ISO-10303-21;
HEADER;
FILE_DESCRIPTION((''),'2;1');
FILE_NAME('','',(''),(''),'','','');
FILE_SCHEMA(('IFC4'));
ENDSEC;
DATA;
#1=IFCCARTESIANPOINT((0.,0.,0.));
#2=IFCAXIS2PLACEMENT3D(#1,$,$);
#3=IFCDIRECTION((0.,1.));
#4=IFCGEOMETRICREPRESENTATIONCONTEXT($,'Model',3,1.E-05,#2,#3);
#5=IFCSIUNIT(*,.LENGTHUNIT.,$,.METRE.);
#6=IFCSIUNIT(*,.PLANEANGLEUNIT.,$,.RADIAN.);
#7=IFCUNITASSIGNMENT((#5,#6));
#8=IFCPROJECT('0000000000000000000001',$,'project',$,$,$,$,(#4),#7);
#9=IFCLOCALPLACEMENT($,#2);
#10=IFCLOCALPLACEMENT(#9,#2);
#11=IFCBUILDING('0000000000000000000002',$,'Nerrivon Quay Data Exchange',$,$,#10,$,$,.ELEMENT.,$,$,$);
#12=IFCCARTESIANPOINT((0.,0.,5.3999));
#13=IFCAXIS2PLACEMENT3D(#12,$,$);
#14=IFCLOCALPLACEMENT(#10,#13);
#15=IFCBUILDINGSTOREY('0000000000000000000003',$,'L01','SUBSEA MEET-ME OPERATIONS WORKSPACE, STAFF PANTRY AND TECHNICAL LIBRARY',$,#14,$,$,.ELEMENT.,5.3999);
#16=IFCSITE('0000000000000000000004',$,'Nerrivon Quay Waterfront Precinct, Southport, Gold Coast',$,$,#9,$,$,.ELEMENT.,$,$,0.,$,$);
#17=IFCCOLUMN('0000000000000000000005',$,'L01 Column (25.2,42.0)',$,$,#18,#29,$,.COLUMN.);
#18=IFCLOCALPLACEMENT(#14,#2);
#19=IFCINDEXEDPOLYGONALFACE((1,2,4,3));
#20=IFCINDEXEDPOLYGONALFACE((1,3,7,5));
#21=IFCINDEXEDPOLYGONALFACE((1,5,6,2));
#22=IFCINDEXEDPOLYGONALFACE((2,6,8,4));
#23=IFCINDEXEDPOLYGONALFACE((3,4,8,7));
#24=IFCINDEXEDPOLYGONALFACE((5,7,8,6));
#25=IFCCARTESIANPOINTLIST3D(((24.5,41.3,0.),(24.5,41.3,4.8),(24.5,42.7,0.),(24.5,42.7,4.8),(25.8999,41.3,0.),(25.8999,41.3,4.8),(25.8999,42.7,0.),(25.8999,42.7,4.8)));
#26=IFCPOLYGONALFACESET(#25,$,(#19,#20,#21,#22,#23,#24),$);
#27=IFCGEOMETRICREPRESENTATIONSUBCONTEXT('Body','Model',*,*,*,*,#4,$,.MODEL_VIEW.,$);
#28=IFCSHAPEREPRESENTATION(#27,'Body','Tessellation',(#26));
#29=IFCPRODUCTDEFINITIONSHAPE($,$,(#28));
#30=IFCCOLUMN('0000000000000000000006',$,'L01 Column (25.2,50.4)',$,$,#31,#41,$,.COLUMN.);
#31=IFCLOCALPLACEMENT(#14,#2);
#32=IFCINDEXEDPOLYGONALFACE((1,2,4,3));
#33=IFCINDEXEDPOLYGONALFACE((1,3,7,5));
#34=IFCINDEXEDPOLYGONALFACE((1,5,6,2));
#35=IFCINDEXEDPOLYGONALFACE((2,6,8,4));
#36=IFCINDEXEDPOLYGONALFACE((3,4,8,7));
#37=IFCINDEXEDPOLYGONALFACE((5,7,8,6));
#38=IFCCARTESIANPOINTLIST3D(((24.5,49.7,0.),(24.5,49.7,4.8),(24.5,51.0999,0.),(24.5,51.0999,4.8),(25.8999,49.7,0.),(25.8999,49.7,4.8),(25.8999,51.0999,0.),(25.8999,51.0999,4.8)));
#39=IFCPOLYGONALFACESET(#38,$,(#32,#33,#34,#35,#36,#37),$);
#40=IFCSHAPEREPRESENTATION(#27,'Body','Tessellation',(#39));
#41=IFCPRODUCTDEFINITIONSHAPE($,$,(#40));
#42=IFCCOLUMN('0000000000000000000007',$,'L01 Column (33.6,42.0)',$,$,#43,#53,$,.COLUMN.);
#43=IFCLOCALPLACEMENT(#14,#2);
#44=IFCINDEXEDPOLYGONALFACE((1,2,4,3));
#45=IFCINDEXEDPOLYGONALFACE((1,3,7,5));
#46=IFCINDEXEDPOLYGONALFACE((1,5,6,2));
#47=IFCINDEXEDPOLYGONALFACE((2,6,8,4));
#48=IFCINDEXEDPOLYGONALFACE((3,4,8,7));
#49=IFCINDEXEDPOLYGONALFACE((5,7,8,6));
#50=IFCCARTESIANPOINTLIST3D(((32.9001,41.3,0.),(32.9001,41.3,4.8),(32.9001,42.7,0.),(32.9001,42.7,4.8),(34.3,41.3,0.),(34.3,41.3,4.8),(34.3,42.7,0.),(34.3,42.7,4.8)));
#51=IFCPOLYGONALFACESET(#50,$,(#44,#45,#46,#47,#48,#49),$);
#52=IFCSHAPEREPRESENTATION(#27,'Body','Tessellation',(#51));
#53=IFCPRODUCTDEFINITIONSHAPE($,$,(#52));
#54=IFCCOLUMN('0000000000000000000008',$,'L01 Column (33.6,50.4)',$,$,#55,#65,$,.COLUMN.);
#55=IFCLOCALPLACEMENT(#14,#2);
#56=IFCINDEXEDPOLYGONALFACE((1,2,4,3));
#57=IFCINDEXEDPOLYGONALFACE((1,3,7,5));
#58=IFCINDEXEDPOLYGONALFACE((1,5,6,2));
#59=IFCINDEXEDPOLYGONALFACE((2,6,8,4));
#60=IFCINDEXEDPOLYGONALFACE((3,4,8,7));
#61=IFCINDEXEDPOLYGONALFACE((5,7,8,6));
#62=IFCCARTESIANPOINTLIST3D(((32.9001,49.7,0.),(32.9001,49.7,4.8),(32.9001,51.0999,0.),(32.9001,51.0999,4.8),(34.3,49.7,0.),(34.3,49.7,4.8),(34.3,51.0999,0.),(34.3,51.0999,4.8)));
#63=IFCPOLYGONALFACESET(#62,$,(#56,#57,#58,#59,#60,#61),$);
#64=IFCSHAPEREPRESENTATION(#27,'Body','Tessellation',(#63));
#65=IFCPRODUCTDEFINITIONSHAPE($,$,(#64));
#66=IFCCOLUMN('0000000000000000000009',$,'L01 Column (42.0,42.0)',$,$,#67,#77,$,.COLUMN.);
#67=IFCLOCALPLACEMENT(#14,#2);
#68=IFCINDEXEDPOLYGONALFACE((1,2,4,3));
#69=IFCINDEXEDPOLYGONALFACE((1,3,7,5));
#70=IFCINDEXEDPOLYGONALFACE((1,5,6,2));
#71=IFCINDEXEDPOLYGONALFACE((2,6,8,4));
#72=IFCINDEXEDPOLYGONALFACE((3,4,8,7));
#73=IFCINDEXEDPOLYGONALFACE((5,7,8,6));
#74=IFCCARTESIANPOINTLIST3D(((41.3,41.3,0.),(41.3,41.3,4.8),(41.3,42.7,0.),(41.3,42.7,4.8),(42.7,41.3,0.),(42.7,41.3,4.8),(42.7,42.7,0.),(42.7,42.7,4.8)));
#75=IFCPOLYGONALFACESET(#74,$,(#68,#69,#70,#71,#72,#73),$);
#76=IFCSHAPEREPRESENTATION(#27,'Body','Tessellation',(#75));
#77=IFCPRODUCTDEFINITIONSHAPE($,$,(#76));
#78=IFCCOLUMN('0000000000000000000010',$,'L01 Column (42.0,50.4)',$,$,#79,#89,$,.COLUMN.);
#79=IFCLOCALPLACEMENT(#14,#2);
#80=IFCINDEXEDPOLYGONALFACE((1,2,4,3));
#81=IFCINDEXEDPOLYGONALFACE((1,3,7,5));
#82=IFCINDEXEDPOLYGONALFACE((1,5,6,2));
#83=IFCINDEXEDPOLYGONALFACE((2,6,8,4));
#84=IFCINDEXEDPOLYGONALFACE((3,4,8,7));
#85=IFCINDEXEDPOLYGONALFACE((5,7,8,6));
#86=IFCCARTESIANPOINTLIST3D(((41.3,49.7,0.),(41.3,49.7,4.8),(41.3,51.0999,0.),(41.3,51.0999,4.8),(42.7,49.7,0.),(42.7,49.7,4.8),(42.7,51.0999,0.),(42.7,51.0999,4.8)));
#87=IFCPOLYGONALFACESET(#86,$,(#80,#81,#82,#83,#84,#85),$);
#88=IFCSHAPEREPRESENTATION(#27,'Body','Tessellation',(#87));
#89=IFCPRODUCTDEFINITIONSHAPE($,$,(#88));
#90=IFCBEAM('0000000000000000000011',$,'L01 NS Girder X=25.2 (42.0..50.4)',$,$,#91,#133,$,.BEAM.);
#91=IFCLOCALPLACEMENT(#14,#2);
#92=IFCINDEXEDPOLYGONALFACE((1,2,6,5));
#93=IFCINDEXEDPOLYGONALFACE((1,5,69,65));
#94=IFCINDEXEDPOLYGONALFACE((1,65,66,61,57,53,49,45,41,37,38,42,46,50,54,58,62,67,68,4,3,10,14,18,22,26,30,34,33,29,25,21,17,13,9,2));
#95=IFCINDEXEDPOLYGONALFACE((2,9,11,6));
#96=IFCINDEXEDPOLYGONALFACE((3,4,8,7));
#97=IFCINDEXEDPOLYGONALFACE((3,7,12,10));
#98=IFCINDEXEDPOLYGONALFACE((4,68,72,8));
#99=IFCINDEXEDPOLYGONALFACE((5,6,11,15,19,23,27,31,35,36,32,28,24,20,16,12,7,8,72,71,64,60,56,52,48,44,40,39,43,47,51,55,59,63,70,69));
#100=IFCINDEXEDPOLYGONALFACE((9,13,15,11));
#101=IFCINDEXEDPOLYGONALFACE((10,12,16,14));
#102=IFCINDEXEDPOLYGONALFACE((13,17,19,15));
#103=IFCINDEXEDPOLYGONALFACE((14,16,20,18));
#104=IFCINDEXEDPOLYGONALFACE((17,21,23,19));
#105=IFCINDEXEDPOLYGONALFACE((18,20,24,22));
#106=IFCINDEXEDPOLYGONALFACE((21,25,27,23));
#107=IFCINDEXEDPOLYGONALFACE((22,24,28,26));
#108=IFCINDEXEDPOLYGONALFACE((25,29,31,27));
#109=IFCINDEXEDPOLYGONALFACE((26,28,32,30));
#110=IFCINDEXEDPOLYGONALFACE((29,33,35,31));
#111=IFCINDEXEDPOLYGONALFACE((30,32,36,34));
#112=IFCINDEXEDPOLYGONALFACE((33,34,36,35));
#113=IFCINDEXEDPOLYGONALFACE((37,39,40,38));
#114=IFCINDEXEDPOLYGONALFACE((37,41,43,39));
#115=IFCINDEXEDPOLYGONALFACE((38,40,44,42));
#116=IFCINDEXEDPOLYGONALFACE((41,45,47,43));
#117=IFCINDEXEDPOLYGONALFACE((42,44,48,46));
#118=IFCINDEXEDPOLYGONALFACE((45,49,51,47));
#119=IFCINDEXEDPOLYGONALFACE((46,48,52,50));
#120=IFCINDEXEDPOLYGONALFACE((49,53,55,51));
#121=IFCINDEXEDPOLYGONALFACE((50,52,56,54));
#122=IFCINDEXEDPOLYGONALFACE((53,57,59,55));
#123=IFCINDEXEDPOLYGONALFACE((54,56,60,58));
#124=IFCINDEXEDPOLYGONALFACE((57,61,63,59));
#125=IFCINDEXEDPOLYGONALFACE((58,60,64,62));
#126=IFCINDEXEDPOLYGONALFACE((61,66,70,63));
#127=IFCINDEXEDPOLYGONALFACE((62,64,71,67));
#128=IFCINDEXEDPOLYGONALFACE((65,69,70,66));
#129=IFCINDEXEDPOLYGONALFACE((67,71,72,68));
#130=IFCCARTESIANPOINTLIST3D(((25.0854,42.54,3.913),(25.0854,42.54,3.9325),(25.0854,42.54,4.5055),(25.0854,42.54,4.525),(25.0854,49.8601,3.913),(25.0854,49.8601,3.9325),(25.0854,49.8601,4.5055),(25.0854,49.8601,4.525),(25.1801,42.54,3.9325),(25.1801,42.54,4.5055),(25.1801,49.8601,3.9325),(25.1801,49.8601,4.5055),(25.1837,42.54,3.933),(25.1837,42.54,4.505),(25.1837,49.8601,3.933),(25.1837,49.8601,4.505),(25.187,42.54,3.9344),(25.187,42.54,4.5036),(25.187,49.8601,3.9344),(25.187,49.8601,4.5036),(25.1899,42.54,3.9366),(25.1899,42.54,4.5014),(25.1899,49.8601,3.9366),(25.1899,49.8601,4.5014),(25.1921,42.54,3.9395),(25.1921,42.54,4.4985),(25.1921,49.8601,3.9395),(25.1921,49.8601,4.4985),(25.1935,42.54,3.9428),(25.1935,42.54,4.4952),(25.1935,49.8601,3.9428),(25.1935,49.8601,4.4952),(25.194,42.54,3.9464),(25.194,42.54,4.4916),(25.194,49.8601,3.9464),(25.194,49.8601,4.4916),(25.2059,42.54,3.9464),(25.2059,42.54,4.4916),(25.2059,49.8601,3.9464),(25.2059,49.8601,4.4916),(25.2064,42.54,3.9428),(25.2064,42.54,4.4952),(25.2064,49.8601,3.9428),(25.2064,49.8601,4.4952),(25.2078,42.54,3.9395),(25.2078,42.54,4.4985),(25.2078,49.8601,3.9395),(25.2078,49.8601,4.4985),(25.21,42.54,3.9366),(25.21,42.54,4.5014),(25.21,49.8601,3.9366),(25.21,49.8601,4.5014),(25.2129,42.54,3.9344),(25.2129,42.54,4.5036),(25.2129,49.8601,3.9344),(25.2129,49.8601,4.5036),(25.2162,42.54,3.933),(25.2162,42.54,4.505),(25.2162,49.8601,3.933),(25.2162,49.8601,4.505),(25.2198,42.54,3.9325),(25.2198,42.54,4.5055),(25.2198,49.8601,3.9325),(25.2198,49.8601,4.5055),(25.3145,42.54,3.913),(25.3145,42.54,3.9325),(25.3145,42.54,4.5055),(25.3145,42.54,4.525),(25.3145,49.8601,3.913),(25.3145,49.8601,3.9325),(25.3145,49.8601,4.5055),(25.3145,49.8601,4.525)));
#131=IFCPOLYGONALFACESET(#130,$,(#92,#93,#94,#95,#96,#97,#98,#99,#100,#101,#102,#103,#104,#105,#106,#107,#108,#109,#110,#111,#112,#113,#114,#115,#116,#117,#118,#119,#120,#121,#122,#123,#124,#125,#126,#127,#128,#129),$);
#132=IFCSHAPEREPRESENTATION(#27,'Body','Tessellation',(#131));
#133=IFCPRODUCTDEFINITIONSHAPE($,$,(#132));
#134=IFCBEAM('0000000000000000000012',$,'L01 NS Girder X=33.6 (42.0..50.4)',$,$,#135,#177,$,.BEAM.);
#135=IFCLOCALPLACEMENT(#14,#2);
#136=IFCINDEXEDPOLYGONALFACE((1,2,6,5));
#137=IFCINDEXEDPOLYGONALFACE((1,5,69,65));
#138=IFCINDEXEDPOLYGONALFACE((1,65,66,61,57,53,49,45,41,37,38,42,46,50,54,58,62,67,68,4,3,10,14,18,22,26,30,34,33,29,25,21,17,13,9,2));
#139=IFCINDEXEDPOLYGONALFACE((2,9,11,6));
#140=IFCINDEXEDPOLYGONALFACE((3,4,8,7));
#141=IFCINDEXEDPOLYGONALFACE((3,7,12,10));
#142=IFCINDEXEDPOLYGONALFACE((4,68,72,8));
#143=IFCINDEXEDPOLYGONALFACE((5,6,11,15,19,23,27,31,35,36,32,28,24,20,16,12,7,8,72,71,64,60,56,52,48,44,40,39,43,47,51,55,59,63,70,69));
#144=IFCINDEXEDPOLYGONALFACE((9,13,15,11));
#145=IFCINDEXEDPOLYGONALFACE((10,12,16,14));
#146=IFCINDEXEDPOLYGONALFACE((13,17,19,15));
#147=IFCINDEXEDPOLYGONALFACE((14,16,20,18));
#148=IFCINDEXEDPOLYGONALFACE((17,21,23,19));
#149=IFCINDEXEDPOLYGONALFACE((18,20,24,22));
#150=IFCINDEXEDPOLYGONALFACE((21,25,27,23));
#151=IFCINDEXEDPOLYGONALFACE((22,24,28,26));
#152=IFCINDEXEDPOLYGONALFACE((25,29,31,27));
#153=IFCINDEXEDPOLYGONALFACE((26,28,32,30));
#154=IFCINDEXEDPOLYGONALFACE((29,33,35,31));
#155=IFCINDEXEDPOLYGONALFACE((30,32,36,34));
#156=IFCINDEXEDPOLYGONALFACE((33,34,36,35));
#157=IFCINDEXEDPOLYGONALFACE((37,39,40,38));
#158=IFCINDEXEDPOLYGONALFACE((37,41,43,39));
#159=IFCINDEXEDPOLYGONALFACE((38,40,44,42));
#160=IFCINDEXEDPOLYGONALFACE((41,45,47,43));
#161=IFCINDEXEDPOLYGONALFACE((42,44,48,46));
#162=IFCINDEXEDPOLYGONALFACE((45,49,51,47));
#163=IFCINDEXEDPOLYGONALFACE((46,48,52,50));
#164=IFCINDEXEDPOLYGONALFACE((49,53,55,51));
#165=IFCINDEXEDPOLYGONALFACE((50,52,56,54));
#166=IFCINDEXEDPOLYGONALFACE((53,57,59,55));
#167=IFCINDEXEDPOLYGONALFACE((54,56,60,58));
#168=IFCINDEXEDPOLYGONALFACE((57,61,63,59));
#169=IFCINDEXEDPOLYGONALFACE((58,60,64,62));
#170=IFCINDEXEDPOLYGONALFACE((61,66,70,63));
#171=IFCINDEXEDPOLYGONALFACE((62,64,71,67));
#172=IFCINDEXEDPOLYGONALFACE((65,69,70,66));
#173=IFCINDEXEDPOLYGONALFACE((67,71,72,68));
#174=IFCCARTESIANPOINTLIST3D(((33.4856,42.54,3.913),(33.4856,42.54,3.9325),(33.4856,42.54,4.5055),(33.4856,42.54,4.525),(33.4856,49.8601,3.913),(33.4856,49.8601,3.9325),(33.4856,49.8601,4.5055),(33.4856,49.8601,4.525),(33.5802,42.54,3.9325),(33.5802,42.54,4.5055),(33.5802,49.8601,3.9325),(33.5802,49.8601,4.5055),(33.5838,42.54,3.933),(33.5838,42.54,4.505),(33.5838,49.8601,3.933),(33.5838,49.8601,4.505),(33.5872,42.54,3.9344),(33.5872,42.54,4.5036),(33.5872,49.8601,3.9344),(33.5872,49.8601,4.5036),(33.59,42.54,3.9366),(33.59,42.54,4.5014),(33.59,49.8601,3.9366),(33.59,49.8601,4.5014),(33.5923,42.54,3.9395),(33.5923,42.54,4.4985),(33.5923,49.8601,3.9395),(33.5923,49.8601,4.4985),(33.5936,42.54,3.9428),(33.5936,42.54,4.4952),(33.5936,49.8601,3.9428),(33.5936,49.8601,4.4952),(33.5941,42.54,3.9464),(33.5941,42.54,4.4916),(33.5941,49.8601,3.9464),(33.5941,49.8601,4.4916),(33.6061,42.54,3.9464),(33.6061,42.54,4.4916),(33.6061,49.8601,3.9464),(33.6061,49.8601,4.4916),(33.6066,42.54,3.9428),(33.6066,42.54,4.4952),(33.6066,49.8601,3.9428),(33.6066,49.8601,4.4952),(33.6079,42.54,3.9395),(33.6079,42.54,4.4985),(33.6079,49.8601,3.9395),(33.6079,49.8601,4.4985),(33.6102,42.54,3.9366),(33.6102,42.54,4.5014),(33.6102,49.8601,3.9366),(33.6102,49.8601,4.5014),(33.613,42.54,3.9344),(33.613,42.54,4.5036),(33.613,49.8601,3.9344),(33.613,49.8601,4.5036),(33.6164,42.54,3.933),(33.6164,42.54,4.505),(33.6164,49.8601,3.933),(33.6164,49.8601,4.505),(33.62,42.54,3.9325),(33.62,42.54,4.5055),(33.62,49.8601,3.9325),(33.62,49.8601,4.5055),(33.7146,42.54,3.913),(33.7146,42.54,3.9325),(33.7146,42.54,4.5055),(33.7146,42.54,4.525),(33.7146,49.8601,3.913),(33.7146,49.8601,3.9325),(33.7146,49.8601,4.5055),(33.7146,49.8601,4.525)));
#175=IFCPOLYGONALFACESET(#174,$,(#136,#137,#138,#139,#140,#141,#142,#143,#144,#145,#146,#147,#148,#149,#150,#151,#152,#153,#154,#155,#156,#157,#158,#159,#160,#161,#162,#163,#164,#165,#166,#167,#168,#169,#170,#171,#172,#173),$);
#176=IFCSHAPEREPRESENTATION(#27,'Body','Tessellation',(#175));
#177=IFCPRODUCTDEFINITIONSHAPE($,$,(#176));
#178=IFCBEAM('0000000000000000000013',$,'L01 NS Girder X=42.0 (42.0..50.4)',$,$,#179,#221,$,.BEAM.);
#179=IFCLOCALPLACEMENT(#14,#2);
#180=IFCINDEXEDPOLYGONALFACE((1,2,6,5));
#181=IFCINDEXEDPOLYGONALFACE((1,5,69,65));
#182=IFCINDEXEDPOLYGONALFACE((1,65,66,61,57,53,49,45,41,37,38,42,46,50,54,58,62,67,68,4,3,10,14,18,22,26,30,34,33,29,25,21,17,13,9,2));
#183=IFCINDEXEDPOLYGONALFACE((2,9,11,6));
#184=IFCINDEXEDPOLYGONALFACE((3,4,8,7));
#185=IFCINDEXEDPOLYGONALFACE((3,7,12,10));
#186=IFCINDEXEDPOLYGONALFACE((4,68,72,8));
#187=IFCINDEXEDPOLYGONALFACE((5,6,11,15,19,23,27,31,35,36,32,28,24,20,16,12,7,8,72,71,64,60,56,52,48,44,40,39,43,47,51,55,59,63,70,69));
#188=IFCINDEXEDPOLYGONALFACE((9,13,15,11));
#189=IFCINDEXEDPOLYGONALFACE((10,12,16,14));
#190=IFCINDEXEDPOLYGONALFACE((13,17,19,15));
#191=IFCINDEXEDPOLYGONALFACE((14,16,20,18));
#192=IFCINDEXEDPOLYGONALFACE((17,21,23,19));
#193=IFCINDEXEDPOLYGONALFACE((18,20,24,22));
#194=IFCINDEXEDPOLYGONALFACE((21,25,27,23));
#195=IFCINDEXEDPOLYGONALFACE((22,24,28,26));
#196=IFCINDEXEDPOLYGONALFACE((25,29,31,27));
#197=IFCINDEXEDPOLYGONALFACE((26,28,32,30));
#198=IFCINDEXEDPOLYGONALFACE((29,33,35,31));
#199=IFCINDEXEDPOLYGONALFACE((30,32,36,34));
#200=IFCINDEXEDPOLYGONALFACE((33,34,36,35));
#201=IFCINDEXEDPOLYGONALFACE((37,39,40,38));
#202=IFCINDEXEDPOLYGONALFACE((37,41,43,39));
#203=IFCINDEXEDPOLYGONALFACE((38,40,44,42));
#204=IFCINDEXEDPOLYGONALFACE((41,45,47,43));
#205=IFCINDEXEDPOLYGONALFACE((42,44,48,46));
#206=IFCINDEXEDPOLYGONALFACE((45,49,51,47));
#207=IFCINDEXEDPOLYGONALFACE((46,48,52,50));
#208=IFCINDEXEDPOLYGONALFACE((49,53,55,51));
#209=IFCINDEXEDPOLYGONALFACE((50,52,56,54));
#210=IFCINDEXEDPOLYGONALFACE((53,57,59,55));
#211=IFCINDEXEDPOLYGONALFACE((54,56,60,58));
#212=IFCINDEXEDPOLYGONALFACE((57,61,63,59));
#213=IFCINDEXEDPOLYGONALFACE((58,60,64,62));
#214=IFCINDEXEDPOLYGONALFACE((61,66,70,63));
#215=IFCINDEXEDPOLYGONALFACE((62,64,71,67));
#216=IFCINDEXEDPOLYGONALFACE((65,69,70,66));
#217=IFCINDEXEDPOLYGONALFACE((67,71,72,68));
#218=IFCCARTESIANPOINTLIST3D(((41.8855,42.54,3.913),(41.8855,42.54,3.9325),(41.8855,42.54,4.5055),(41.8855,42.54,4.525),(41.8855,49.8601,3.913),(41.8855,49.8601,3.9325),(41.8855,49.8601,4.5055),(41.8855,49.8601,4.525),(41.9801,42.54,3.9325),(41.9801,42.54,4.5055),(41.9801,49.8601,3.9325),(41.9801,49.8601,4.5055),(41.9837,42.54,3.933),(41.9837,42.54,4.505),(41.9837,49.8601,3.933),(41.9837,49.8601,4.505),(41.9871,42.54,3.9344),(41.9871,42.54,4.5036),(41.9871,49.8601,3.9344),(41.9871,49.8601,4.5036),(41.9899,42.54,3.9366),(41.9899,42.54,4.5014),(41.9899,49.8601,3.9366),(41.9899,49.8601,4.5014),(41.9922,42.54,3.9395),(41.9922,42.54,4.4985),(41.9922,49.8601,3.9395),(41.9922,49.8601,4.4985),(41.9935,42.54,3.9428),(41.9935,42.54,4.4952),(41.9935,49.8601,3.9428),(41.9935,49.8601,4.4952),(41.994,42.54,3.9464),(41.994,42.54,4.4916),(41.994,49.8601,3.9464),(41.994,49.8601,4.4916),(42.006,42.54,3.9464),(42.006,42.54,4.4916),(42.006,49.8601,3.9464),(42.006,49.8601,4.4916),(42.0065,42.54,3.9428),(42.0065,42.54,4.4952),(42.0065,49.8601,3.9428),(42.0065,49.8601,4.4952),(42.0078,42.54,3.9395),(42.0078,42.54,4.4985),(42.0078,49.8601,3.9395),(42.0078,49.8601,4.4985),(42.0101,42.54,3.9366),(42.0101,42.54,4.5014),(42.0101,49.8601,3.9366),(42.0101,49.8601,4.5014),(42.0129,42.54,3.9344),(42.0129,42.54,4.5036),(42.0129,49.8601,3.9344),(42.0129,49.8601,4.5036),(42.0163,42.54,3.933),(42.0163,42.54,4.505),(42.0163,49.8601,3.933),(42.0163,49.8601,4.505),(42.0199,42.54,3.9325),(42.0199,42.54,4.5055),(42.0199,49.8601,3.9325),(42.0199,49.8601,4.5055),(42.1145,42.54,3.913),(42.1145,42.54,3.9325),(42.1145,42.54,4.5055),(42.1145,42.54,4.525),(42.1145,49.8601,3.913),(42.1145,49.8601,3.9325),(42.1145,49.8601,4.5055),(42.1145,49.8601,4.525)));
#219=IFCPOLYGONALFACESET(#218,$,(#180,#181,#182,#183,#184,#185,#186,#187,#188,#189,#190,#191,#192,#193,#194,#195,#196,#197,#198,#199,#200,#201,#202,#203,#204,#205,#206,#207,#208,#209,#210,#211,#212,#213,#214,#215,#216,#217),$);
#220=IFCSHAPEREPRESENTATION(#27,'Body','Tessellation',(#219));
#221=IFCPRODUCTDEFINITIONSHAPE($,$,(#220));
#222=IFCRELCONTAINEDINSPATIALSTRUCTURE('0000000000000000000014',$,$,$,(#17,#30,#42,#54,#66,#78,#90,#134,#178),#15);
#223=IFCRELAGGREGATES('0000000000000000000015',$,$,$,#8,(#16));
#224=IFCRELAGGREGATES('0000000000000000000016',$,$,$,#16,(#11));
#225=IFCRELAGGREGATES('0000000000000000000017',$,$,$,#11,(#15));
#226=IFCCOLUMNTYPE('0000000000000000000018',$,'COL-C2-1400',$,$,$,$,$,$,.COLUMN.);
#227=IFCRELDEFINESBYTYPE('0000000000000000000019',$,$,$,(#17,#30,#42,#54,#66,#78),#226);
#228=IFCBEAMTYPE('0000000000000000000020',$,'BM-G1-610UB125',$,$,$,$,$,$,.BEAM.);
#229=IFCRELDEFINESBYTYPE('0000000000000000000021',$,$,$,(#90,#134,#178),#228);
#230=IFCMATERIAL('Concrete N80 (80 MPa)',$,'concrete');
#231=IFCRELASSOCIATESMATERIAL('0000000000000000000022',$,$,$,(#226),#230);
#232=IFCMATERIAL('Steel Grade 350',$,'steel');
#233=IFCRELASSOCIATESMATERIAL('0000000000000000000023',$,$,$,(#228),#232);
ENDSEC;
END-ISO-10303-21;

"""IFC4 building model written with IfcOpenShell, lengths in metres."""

from ifc_helpers import new_model, si_unit, direction, frame, origin, origin_2d, place, context, subcontext, project, spatial, rectangle, i_section, extrude, material, material_profile, profile_set, type_object, element, save


model = new_model("IFC4")

# Units and contexts
model_context = context("Model", 3, precision=1e-05, world=origin(), true_north=direction((0.0, 1.0)))
body_context = subcontext(model_context, "Body", "Model", "MODEL_VIEW")
ifc_project = project(units=[si_unit("LENGTHUNIT", "METRE"), si_unit("PLANEANGLEUNIT", "RADIAN")], contexts=[model_context])

# Site, building, storey
site_placement = place(None, origin())
site = spatial("IfcSite", under=ifc_project, at=site_placement, Name="Nerrivon Quay Waterfront Precinct, Southport, Gold Coast", CompositionType="ELEMENT", RefElevation=0.0)
building_placement = place(site_placement, origin())
building = spatial("IfcBuilding", under=site, at=building_placement, Name="Nerrivon Quay Data Exchange", CompositionType="ELEMENT")
storey_placement = place(building_placement, frame((0.0, 0.0, 5.3999)))
storey = spatial("IfcBuildingStorey", under=building, at=storey_placement, Name="L01", Description="SUBSEA MEET-ME OPERATIONS WORKSPACE, STAFF PANTRY AND TECHNICAL LIBRARY", CompositionType="ELEMENT", Elevation=5.3999)

# Columns
ifc_material_1 = material(Name="Concrete N80 (80 MPa)", Category="concrete")
ifc_material_profile_1 = material_profile(ifc_material_1, rectangle(XDim=1.3999, YDim=1.3999, at=origin_2d()), Name="RC-COL-1400x1400")
ifc_profile_set_1 = profile_set([ifc_material_profile_1], Name="Concrete N80 (80 MPa)")
column_type = type_object("IfcColumnType", Name="COL-C2-1400", PredefinedType="COLUMN", material=ifc_profile_set_1)
for number, where, z_axis, x_axis, name in (
    (1, (25.2, 42.0, 0.0), (0.0, 0.0, 1.0), (1.0, 0.0, 0.0), "L01 Column (25.2,42.0)"),
    (2, (25.2, 50.3999, 0.0), (0.0, 0.0, 1.0), (1.0, 0.0, 0.0), "L01 Column (25.2,50.4)"),
    (3, (33.6001, 42.0, 0.0), (0.0, 0.0, 1.0), (1.0, 0.0, 0.0), "L01 Column (33.6,42.0)"),
    (4, (33.6001, 50.3999, 0.0), (0.0, 0.0, 1.0), (1.0, 0.0, 0.0), "L01 Column (33.6,50.4)"),
    (5, (42.0, 42.0, 0.0), (0.0, 0.0, 1.0), (1.0, 0.0, 0.0), "L01 Column (42.0,42.0)"),
    (6, (42.0, 50.3999, 0.0), (0.0, 0.0, 1.0), (1.0, 0.0, 0.0), "L01 Column (42.0,50.4)"),
):
    element("IfcColumn", number, at=place(storey_placement, frame(where, z_axis=z_axis, x_axis=x_axis)), inside=storey, type_object=column_type, Name=name, PredefinedType="COLUMN", context=body_context, shape_type="SweptSolid", body=[
        extrude(rectangle(XDim=1.3999, YDim=1.3999, at=origin_2d()), origin(), (0.0, 0.0, 1.0), 4.8),
    ])

# Beams
ifc_material_2 = material(Name="Steel Grade 350", Category="steel")
ifc_material_profile_2 = material_profile(ifc_material_2, i_section(OverallWidth=0.229, OverallDepth=0.6121, WebThickness=0.012, FlangeThickness=0.0195, FilletRadius=0.0139, at=origin_2d()), Name="610UB125")
ifc_profile_set_2 = profile_set([ifc_material_profile_2], Name="Steel Grade 350")
beam_type_1 = type_object("IfcBeamType", Name="BM-G1-610UB125", PredefinedType="BEAM", material=ifc_profile_set_2)
for number, where, z_axis, x_axis, name in (
    (7, (25.2, 42.54, 4.219), (0.0, 1.0, 0.0), (-1.0, 0.0, 0.0), "L01 NS Girder X=25.2 (42.0..50.4)"),
    (8, (33.6001, 42.54, 4.219), (0.0, 1.0, 0.0), (-1.0, 0.0, 0.0), "L01 NS Girder X=33.6 (42.0..50.4)"),
    (9, (42.0, 42.54, 4.219), (0.0, 1.0, 0.0), (-1.0, 0.0, 0.0), "L01 NS Girder X=42.0 (42.0..50.4)"),
):
    element("IfcBeam", number, at=place(storey_placement, frame(where, z_axis=z_axis, x_axis=x_axis)), inside=storey, type_object=beam_type_1, Name=name, PredefinedType="BEAM", context=body_context, shape_type="SweptSolid", body=[
        extrude(i_section(OverallWidth=0.229, OverallDepth=0.6121, WebThickness=0.012, FlangeThickness=0.0195, FilletRadius=0.0139, at=origin_2d()), origin(), (0.0, 0.0, 1.0), 7.3201),
    ])

save(model, "model.ifc")
